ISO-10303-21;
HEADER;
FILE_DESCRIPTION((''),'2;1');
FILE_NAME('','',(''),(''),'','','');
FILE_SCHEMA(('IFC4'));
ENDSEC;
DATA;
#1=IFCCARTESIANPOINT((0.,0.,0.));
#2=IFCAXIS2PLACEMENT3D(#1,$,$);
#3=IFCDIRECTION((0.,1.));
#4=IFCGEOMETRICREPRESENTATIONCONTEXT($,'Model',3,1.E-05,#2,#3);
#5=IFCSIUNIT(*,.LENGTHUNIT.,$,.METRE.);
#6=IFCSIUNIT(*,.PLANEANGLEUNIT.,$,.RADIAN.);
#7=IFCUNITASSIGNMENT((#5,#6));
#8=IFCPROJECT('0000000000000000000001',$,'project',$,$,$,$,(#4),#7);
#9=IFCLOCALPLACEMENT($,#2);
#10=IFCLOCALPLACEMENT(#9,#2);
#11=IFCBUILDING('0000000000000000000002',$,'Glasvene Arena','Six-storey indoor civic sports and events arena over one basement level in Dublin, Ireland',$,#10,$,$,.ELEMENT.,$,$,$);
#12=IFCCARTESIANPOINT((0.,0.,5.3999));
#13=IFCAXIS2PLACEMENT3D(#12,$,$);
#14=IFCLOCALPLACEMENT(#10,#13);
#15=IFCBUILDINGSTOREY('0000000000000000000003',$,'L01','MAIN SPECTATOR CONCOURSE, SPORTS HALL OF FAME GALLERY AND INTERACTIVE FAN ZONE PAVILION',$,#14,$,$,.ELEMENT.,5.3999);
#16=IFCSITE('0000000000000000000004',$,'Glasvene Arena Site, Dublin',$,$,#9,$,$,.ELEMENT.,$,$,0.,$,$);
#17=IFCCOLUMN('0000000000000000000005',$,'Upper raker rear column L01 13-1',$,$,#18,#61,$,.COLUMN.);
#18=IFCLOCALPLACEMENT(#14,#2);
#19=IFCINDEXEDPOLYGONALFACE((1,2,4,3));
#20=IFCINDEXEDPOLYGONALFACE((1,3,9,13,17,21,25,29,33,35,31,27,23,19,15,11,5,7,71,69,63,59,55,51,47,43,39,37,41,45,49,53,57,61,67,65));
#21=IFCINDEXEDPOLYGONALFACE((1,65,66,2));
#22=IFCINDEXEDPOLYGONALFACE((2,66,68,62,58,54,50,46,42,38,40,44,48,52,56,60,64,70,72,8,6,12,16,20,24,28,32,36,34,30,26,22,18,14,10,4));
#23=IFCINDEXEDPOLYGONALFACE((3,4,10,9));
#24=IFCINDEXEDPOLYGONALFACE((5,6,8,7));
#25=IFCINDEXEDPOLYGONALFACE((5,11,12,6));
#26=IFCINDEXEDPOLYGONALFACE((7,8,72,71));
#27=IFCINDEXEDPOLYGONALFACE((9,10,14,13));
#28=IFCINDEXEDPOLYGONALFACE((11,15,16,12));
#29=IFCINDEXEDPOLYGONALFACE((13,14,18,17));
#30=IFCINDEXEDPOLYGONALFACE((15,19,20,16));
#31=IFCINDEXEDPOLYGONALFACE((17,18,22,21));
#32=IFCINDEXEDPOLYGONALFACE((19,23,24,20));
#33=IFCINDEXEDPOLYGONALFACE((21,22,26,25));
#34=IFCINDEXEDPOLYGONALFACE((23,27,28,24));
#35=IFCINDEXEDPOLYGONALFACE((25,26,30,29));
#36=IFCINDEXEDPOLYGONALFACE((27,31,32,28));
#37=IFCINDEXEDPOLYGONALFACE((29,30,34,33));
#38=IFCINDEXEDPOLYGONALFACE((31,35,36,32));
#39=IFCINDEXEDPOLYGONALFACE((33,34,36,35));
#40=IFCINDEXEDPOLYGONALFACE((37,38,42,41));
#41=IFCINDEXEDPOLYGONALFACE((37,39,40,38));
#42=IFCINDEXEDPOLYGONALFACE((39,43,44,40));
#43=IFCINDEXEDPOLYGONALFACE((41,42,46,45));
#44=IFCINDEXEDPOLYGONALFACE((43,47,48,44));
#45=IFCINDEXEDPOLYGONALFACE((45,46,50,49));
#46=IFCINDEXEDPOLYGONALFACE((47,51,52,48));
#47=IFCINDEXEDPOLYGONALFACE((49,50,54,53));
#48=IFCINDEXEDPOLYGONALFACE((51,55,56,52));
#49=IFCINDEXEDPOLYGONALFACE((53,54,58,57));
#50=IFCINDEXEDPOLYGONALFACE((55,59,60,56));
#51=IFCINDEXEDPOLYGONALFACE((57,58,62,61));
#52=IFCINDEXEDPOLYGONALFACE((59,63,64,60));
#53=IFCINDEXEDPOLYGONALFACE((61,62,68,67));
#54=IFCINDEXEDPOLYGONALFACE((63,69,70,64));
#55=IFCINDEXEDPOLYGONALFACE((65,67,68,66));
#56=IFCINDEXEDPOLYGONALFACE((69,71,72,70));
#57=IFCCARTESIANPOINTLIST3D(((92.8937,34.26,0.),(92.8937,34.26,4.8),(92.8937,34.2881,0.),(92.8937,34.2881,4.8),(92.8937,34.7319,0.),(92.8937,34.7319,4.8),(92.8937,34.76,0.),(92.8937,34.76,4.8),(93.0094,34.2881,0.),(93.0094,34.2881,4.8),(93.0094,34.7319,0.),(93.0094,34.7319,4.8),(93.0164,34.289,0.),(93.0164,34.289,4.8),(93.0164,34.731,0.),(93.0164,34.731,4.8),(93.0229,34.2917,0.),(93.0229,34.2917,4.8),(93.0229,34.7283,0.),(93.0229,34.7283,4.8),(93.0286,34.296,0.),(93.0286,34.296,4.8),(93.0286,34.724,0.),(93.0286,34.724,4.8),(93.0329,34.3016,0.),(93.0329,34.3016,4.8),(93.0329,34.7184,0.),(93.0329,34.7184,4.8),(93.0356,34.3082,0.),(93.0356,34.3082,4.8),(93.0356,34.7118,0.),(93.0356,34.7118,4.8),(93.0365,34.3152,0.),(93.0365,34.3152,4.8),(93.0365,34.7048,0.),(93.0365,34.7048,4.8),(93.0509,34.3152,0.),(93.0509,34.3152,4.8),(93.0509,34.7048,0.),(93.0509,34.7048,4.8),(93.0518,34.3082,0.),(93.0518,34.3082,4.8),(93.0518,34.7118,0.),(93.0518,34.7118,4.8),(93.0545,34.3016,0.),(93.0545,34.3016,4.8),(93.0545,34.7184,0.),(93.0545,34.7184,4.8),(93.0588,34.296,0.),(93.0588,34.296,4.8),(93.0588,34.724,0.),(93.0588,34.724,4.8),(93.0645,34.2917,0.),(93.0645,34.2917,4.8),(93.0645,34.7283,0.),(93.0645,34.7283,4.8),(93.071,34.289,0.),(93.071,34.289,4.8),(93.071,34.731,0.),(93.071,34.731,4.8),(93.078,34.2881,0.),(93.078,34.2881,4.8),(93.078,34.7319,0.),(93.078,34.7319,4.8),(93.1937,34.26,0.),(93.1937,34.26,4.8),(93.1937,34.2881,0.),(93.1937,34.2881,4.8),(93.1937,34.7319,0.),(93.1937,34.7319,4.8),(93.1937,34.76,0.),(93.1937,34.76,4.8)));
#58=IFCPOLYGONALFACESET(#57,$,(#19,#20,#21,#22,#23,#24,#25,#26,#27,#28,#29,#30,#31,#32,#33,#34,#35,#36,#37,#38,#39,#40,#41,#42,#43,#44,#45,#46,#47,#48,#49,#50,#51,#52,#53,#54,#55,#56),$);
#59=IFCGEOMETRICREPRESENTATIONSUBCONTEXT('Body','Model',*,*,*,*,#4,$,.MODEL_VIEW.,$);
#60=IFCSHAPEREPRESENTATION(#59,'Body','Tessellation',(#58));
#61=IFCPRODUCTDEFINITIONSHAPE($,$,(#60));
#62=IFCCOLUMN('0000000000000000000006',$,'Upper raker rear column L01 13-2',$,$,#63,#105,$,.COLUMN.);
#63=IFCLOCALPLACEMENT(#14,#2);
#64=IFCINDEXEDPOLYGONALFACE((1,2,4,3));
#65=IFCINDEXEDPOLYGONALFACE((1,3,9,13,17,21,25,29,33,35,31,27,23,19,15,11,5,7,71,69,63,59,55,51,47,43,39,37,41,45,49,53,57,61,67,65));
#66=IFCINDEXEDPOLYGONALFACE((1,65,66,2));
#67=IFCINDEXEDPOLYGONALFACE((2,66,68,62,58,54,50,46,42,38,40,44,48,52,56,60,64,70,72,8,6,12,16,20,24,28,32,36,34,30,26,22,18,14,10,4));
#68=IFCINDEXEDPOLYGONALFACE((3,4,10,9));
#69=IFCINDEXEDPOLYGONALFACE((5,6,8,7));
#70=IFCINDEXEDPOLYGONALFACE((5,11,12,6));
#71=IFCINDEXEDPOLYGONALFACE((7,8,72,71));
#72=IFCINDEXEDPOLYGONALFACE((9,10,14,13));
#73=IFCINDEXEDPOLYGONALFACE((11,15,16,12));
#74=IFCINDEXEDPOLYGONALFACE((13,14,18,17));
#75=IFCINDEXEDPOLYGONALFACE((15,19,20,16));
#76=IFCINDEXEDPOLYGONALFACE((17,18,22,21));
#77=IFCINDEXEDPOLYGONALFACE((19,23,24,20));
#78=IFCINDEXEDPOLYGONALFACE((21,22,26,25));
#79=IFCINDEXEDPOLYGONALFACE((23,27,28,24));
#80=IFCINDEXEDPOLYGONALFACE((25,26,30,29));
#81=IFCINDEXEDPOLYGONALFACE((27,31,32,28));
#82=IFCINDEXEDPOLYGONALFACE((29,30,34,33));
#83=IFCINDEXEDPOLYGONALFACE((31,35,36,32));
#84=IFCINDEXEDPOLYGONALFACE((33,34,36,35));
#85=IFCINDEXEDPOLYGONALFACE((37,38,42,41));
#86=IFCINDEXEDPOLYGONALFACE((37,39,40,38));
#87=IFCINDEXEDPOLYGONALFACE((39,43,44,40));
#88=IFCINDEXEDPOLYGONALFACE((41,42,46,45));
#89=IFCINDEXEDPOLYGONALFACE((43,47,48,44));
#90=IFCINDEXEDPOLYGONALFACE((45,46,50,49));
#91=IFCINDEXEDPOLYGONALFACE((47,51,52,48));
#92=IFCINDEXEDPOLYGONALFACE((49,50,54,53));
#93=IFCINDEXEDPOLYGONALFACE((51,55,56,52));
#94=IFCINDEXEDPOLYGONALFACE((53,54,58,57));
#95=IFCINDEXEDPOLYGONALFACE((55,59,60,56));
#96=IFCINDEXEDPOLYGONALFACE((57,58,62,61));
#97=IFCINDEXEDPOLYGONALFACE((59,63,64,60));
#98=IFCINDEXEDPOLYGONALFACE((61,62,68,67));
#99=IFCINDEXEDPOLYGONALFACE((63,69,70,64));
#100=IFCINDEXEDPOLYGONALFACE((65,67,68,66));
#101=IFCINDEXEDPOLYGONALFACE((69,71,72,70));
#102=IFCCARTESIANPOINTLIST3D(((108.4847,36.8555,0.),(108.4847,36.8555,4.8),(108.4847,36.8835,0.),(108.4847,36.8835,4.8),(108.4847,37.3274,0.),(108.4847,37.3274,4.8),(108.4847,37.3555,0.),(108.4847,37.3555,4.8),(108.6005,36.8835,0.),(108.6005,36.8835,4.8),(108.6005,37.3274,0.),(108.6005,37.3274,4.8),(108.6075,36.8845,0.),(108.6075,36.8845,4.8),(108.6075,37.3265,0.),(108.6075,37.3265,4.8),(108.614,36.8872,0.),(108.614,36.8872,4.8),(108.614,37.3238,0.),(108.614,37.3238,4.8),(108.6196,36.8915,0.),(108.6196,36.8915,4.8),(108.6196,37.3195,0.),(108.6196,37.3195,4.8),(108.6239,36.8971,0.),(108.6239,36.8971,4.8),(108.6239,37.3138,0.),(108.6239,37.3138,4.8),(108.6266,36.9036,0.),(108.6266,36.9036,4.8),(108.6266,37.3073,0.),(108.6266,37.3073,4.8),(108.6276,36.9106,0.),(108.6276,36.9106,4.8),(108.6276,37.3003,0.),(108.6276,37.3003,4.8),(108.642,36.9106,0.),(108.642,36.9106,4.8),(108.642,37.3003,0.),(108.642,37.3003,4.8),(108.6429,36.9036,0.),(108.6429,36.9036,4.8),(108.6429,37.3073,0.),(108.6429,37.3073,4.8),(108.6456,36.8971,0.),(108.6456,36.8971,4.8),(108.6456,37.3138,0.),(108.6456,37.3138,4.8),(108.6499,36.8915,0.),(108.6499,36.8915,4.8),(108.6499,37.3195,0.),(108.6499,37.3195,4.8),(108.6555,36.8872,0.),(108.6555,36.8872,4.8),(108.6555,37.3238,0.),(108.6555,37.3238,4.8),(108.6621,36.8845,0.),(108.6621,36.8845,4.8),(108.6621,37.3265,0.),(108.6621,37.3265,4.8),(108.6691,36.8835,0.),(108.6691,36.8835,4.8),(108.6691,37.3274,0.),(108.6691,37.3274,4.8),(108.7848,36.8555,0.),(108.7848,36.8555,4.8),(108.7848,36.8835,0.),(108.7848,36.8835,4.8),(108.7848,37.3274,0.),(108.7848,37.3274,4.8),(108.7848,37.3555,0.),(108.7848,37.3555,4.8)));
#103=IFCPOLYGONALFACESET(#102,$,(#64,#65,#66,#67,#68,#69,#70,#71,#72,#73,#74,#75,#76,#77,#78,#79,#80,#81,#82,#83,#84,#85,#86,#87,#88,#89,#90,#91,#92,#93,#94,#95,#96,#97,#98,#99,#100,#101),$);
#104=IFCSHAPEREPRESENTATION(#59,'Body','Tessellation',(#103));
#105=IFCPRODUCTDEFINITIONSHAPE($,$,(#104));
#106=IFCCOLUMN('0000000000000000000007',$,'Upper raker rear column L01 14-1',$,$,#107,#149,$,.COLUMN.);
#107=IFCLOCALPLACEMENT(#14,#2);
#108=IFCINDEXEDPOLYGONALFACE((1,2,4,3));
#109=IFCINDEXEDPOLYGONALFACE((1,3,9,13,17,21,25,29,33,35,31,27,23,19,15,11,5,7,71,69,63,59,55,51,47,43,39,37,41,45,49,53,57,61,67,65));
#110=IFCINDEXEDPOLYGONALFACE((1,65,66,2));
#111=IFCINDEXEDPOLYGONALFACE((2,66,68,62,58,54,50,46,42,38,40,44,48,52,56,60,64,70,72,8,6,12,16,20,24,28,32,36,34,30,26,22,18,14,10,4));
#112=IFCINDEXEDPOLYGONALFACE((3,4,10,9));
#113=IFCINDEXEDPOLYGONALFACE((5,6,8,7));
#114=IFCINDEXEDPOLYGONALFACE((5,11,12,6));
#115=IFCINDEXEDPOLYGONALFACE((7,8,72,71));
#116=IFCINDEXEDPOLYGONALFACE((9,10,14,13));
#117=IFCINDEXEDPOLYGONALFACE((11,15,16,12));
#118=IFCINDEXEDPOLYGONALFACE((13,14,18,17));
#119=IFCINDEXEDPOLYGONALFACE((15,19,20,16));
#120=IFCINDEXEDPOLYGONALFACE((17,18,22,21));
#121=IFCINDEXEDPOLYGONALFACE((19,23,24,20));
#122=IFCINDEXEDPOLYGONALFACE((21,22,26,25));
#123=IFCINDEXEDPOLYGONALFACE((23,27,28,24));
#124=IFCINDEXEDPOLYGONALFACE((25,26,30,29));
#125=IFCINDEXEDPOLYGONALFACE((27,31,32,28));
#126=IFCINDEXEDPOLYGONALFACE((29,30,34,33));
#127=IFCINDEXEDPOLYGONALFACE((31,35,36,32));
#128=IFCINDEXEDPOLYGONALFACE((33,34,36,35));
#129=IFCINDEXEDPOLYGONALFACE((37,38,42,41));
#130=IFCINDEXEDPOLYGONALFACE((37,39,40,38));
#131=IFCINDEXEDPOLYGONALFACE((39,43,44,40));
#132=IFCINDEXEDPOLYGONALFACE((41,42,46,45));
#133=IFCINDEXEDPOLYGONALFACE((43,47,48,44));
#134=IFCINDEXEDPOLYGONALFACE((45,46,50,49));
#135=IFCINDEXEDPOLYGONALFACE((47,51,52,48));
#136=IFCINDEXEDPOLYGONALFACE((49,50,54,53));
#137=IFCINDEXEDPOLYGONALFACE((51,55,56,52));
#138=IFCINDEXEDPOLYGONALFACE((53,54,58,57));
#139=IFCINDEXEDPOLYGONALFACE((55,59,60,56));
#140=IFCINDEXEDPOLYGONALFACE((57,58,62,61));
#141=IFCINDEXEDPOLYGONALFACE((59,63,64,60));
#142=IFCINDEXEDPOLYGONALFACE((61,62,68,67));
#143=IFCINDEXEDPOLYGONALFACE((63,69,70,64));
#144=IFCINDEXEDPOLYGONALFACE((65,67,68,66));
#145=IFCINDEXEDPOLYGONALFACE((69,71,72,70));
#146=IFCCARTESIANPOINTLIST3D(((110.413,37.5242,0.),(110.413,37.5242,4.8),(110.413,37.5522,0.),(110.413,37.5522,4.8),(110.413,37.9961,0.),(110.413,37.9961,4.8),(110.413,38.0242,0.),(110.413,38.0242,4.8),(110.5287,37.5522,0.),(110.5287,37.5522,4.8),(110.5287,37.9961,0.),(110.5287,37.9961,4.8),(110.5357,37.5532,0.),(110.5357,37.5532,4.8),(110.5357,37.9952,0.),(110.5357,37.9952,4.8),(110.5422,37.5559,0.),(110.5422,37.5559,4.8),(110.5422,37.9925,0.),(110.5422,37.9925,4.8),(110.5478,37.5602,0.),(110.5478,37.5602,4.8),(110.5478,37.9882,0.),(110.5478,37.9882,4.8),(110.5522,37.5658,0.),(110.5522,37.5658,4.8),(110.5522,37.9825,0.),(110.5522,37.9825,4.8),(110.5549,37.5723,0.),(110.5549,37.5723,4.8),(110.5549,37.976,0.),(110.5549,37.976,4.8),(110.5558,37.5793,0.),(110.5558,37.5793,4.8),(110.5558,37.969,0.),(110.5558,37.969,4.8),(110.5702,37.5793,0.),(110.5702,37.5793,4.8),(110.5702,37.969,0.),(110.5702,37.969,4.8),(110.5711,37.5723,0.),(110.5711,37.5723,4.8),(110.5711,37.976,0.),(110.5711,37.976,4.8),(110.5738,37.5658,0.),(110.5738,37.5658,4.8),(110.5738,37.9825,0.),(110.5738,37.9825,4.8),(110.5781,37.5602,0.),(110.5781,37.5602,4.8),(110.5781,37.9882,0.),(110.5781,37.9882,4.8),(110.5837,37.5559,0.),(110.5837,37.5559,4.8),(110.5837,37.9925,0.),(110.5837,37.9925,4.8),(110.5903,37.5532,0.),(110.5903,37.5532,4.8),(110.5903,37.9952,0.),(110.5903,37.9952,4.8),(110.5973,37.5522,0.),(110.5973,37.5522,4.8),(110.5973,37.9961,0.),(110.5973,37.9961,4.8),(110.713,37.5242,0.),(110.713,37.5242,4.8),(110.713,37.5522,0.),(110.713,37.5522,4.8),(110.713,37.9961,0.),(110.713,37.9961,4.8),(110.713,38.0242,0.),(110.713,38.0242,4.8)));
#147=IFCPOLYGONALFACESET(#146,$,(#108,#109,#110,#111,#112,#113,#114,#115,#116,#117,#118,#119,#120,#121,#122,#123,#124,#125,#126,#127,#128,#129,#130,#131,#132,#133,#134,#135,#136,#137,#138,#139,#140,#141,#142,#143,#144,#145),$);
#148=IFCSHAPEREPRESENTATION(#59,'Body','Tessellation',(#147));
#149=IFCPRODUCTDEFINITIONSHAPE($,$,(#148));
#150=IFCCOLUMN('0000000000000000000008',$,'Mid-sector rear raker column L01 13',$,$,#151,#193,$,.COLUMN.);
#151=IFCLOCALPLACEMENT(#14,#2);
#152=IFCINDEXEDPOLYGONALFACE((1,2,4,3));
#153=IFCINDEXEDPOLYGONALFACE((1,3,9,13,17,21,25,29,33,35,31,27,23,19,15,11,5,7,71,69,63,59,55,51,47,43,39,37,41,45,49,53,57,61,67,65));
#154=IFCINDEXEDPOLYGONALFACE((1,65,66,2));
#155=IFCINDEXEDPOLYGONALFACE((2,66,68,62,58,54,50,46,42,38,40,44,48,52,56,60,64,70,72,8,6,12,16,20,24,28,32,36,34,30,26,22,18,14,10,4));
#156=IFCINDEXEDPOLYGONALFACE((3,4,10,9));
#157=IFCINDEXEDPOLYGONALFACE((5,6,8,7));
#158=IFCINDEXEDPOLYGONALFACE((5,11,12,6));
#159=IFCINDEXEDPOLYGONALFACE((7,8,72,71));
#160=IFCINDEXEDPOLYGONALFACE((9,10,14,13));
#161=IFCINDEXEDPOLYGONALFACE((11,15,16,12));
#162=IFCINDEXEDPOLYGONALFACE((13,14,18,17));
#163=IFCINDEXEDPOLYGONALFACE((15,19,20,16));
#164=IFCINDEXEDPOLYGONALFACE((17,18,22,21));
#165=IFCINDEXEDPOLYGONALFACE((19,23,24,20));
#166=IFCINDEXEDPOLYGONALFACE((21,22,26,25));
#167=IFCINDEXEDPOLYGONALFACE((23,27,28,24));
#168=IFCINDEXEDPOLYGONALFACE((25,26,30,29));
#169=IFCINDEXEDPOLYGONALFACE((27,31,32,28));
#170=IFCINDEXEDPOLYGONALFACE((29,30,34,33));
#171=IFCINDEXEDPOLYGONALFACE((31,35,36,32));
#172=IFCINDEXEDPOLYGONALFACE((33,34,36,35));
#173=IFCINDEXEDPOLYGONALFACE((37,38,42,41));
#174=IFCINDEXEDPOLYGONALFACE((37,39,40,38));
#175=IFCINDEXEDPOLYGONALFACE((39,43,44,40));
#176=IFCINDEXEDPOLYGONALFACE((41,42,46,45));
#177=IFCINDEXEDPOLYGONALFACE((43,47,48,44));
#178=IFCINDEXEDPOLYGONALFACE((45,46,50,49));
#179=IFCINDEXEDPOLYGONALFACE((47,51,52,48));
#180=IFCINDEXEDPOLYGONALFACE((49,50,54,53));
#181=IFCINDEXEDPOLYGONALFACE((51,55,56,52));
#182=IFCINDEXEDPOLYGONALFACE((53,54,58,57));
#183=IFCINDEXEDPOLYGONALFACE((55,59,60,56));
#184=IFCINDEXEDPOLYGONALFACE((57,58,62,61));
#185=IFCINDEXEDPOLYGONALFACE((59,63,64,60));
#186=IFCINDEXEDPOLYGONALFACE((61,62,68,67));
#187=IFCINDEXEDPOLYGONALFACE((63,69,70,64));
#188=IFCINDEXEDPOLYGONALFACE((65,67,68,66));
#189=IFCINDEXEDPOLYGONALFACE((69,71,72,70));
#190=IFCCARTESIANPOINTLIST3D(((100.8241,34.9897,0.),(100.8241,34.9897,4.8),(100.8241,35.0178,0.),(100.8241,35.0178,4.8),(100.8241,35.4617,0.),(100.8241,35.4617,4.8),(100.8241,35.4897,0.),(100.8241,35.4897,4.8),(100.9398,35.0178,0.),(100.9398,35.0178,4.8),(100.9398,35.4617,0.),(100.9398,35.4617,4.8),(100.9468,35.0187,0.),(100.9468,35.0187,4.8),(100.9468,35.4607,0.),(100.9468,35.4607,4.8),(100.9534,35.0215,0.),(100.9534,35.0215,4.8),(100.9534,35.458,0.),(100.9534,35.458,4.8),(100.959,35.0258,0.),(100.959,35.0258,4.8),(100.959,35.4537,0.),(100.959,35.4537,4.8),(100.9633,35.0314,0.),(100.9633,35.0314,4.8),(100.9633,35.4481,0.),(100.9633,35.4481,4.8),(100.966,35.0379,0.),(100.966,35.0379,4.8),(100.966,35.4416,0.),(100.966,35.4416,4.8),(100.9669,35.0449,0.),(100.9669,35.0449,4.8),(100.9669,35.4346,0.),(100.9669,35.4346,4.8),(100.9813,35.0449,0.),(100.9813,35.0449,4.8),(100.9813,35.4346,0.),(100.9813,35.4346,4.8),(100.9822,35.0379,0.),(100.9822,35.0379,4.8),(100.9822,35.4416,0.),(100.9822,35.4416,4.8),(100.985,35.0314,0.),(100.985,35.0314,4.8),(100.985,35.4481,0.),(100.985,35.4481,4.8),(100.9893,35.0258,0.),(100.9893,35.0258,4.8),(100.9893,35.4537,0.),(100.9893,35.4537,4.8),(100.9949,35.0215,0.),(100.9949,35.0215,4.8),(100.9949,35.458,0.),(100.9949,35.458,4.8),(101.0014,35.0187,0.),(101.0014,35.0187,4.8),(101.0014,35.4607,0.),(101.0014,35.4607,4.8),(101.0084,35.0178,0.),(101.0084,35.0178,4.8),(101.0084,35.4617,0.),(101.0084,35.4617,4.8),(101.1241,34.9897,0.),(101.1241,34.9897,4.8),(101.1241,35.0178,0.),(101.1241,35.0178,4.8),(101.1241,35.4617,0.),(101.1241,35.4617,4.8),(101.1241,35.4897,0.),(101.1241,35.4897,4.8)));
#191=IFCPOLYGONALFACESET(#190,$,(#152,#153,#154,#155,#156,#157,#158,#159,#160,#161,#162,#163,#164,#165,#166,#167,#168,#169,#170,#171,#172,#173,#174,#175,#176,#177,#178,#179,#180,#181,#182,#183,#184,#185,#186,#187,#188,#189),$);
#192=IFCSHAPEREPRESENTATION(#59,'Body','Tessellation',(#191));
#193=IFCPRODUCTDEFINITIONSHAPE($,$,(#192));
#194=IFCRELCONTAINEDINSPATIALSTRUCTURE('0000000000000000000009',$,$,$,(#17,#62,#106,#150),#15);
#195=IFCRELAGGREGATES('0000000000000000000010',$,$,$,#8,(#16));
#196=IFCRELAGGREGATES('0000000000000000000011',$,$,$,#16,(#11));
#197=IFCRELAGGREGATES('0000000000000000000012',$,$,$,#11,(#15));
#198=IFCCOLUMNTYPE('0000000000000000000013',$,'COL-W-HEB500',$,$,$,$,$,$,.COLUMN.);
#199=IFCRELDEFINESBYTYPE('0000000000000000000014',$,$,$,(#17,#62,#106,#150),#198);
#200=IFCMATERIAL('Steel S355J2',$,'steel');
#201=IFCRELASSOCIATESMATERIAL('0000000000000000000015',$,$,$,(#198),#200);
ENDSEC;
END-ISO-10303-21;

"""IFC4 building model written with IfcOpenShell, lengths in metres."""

from ifc_helpers import new_model, si_unit, direction, frame, origin, origin_2d, place, context, subcontext, project, spatial, i_section, extrude, material, material_profile, profile_set, type_object, element, save


model = new_model("IFC4")

# Units and contexts
model_context = context("Model", 3, precision=1e-05, world=origin(), true_north=direction((0.0, 1.0)))
body_context = subcontext(model_context, "Body", "Model", "MODEL_VIEW")
ifc_project = project(units=[si_unit("LENGTHUNIT", "METRE"), si_unit("PLANEANGLEUNIT", "RADIAN")], contexts=[model_context])

# Site, building, storey
site_placement = place(None, origin())
site = spatial("IfcSite", under=ifc_project, at=site_placement, Name="Glasvene Arena Site, Dublin", CompositionType="ELEMENT", RefElevation=0.0)
building_placement = place(site_placement, origin())
building = spatial("IfcBuilding", under=site, at=building_placement, Name="Glasvene Arena", Description="Six-storey indoor civic sports and events arena over one basement level in Dublin, Ireland", CompositionType="ELEMENT")
storey_placement = place(building_placement, frame((0.0, 0.0, 5.3999)))
storey = spatial("IfcBuildingStorey", under=building, at=storey_placement, Name="L01", Description="MAIN SPECTATOR CONCOURSE, SPORTS HALL OF FAME GALLERY AND INTERACTIVE FAN ZONE PAVILION", CompositionType="ELEMENT", Elevation=5.3999)

# Columns
ifc_material_1 = material(Name="Steel S355J2", Category="steel")
ifc_material_profile_1 = material_profile(ifc_material_1, i_section(OverallWidth=0.3, OverallDepth=0.5, WebThickness=0.0144, FlangeThickness=0.0281, FilletRadius=0.0271, at=origin_2d()), Name="HEB 500")
ifc_profile_set_1 = profile_set([ifc_material_profile_1], Name="Steel S355J2")
column_type_1 = type_object("IfcColumnType", Name="COL-W-HEB500", PredefinedType="COLUMN", material=ifc_profile_set_1)
for number, where, z_axis, x_axis, name in (
    (1, (93.0437, 34.51, 0.0), (0.0, 0.0, 1.0), (1.0, 0.0, 0.0), "Upper raker rear column L01 13-1"),
    (2, (108.6348, 37.1055, 0.0), (0.0, 0.0, 1.0), (1.0, 0.0, 0.0), "Upper raker rear column L01 13-2"),
    (3, (110.563, 37.7742, 0.0), (0.0, 0.0, 1.0), (1.0, 0.0, 0.0), "Upper raker rear column L01 14-1"),
    (4, (100.9741, 35.2397, 0.0), (0.0, 0.0, 1.0), (1.0, 0.0, 0.0), "Mid-sector rear raker column L01 13"),
):
    element("IfcColumn", number, at=place(storey_placement, frame(where, z_axis=z_axis, x_axis=x_axis)), inside=storey, type_object=column_type_1, Name=name, PredefinedType="COLUMN", context=body_context, shape_type="SweptSolid", body=[
        extrude(i_section(OverallWidth=0.3, OverallDepth=0.5, WebThickness=0.0144, FlangeThickness=0.0281, FilletRadius=0.0271, at=origin_2d()), origin(), (0.0, 0.0, 1.0), 4.8),
    ])

save(model, "model.ifc")
